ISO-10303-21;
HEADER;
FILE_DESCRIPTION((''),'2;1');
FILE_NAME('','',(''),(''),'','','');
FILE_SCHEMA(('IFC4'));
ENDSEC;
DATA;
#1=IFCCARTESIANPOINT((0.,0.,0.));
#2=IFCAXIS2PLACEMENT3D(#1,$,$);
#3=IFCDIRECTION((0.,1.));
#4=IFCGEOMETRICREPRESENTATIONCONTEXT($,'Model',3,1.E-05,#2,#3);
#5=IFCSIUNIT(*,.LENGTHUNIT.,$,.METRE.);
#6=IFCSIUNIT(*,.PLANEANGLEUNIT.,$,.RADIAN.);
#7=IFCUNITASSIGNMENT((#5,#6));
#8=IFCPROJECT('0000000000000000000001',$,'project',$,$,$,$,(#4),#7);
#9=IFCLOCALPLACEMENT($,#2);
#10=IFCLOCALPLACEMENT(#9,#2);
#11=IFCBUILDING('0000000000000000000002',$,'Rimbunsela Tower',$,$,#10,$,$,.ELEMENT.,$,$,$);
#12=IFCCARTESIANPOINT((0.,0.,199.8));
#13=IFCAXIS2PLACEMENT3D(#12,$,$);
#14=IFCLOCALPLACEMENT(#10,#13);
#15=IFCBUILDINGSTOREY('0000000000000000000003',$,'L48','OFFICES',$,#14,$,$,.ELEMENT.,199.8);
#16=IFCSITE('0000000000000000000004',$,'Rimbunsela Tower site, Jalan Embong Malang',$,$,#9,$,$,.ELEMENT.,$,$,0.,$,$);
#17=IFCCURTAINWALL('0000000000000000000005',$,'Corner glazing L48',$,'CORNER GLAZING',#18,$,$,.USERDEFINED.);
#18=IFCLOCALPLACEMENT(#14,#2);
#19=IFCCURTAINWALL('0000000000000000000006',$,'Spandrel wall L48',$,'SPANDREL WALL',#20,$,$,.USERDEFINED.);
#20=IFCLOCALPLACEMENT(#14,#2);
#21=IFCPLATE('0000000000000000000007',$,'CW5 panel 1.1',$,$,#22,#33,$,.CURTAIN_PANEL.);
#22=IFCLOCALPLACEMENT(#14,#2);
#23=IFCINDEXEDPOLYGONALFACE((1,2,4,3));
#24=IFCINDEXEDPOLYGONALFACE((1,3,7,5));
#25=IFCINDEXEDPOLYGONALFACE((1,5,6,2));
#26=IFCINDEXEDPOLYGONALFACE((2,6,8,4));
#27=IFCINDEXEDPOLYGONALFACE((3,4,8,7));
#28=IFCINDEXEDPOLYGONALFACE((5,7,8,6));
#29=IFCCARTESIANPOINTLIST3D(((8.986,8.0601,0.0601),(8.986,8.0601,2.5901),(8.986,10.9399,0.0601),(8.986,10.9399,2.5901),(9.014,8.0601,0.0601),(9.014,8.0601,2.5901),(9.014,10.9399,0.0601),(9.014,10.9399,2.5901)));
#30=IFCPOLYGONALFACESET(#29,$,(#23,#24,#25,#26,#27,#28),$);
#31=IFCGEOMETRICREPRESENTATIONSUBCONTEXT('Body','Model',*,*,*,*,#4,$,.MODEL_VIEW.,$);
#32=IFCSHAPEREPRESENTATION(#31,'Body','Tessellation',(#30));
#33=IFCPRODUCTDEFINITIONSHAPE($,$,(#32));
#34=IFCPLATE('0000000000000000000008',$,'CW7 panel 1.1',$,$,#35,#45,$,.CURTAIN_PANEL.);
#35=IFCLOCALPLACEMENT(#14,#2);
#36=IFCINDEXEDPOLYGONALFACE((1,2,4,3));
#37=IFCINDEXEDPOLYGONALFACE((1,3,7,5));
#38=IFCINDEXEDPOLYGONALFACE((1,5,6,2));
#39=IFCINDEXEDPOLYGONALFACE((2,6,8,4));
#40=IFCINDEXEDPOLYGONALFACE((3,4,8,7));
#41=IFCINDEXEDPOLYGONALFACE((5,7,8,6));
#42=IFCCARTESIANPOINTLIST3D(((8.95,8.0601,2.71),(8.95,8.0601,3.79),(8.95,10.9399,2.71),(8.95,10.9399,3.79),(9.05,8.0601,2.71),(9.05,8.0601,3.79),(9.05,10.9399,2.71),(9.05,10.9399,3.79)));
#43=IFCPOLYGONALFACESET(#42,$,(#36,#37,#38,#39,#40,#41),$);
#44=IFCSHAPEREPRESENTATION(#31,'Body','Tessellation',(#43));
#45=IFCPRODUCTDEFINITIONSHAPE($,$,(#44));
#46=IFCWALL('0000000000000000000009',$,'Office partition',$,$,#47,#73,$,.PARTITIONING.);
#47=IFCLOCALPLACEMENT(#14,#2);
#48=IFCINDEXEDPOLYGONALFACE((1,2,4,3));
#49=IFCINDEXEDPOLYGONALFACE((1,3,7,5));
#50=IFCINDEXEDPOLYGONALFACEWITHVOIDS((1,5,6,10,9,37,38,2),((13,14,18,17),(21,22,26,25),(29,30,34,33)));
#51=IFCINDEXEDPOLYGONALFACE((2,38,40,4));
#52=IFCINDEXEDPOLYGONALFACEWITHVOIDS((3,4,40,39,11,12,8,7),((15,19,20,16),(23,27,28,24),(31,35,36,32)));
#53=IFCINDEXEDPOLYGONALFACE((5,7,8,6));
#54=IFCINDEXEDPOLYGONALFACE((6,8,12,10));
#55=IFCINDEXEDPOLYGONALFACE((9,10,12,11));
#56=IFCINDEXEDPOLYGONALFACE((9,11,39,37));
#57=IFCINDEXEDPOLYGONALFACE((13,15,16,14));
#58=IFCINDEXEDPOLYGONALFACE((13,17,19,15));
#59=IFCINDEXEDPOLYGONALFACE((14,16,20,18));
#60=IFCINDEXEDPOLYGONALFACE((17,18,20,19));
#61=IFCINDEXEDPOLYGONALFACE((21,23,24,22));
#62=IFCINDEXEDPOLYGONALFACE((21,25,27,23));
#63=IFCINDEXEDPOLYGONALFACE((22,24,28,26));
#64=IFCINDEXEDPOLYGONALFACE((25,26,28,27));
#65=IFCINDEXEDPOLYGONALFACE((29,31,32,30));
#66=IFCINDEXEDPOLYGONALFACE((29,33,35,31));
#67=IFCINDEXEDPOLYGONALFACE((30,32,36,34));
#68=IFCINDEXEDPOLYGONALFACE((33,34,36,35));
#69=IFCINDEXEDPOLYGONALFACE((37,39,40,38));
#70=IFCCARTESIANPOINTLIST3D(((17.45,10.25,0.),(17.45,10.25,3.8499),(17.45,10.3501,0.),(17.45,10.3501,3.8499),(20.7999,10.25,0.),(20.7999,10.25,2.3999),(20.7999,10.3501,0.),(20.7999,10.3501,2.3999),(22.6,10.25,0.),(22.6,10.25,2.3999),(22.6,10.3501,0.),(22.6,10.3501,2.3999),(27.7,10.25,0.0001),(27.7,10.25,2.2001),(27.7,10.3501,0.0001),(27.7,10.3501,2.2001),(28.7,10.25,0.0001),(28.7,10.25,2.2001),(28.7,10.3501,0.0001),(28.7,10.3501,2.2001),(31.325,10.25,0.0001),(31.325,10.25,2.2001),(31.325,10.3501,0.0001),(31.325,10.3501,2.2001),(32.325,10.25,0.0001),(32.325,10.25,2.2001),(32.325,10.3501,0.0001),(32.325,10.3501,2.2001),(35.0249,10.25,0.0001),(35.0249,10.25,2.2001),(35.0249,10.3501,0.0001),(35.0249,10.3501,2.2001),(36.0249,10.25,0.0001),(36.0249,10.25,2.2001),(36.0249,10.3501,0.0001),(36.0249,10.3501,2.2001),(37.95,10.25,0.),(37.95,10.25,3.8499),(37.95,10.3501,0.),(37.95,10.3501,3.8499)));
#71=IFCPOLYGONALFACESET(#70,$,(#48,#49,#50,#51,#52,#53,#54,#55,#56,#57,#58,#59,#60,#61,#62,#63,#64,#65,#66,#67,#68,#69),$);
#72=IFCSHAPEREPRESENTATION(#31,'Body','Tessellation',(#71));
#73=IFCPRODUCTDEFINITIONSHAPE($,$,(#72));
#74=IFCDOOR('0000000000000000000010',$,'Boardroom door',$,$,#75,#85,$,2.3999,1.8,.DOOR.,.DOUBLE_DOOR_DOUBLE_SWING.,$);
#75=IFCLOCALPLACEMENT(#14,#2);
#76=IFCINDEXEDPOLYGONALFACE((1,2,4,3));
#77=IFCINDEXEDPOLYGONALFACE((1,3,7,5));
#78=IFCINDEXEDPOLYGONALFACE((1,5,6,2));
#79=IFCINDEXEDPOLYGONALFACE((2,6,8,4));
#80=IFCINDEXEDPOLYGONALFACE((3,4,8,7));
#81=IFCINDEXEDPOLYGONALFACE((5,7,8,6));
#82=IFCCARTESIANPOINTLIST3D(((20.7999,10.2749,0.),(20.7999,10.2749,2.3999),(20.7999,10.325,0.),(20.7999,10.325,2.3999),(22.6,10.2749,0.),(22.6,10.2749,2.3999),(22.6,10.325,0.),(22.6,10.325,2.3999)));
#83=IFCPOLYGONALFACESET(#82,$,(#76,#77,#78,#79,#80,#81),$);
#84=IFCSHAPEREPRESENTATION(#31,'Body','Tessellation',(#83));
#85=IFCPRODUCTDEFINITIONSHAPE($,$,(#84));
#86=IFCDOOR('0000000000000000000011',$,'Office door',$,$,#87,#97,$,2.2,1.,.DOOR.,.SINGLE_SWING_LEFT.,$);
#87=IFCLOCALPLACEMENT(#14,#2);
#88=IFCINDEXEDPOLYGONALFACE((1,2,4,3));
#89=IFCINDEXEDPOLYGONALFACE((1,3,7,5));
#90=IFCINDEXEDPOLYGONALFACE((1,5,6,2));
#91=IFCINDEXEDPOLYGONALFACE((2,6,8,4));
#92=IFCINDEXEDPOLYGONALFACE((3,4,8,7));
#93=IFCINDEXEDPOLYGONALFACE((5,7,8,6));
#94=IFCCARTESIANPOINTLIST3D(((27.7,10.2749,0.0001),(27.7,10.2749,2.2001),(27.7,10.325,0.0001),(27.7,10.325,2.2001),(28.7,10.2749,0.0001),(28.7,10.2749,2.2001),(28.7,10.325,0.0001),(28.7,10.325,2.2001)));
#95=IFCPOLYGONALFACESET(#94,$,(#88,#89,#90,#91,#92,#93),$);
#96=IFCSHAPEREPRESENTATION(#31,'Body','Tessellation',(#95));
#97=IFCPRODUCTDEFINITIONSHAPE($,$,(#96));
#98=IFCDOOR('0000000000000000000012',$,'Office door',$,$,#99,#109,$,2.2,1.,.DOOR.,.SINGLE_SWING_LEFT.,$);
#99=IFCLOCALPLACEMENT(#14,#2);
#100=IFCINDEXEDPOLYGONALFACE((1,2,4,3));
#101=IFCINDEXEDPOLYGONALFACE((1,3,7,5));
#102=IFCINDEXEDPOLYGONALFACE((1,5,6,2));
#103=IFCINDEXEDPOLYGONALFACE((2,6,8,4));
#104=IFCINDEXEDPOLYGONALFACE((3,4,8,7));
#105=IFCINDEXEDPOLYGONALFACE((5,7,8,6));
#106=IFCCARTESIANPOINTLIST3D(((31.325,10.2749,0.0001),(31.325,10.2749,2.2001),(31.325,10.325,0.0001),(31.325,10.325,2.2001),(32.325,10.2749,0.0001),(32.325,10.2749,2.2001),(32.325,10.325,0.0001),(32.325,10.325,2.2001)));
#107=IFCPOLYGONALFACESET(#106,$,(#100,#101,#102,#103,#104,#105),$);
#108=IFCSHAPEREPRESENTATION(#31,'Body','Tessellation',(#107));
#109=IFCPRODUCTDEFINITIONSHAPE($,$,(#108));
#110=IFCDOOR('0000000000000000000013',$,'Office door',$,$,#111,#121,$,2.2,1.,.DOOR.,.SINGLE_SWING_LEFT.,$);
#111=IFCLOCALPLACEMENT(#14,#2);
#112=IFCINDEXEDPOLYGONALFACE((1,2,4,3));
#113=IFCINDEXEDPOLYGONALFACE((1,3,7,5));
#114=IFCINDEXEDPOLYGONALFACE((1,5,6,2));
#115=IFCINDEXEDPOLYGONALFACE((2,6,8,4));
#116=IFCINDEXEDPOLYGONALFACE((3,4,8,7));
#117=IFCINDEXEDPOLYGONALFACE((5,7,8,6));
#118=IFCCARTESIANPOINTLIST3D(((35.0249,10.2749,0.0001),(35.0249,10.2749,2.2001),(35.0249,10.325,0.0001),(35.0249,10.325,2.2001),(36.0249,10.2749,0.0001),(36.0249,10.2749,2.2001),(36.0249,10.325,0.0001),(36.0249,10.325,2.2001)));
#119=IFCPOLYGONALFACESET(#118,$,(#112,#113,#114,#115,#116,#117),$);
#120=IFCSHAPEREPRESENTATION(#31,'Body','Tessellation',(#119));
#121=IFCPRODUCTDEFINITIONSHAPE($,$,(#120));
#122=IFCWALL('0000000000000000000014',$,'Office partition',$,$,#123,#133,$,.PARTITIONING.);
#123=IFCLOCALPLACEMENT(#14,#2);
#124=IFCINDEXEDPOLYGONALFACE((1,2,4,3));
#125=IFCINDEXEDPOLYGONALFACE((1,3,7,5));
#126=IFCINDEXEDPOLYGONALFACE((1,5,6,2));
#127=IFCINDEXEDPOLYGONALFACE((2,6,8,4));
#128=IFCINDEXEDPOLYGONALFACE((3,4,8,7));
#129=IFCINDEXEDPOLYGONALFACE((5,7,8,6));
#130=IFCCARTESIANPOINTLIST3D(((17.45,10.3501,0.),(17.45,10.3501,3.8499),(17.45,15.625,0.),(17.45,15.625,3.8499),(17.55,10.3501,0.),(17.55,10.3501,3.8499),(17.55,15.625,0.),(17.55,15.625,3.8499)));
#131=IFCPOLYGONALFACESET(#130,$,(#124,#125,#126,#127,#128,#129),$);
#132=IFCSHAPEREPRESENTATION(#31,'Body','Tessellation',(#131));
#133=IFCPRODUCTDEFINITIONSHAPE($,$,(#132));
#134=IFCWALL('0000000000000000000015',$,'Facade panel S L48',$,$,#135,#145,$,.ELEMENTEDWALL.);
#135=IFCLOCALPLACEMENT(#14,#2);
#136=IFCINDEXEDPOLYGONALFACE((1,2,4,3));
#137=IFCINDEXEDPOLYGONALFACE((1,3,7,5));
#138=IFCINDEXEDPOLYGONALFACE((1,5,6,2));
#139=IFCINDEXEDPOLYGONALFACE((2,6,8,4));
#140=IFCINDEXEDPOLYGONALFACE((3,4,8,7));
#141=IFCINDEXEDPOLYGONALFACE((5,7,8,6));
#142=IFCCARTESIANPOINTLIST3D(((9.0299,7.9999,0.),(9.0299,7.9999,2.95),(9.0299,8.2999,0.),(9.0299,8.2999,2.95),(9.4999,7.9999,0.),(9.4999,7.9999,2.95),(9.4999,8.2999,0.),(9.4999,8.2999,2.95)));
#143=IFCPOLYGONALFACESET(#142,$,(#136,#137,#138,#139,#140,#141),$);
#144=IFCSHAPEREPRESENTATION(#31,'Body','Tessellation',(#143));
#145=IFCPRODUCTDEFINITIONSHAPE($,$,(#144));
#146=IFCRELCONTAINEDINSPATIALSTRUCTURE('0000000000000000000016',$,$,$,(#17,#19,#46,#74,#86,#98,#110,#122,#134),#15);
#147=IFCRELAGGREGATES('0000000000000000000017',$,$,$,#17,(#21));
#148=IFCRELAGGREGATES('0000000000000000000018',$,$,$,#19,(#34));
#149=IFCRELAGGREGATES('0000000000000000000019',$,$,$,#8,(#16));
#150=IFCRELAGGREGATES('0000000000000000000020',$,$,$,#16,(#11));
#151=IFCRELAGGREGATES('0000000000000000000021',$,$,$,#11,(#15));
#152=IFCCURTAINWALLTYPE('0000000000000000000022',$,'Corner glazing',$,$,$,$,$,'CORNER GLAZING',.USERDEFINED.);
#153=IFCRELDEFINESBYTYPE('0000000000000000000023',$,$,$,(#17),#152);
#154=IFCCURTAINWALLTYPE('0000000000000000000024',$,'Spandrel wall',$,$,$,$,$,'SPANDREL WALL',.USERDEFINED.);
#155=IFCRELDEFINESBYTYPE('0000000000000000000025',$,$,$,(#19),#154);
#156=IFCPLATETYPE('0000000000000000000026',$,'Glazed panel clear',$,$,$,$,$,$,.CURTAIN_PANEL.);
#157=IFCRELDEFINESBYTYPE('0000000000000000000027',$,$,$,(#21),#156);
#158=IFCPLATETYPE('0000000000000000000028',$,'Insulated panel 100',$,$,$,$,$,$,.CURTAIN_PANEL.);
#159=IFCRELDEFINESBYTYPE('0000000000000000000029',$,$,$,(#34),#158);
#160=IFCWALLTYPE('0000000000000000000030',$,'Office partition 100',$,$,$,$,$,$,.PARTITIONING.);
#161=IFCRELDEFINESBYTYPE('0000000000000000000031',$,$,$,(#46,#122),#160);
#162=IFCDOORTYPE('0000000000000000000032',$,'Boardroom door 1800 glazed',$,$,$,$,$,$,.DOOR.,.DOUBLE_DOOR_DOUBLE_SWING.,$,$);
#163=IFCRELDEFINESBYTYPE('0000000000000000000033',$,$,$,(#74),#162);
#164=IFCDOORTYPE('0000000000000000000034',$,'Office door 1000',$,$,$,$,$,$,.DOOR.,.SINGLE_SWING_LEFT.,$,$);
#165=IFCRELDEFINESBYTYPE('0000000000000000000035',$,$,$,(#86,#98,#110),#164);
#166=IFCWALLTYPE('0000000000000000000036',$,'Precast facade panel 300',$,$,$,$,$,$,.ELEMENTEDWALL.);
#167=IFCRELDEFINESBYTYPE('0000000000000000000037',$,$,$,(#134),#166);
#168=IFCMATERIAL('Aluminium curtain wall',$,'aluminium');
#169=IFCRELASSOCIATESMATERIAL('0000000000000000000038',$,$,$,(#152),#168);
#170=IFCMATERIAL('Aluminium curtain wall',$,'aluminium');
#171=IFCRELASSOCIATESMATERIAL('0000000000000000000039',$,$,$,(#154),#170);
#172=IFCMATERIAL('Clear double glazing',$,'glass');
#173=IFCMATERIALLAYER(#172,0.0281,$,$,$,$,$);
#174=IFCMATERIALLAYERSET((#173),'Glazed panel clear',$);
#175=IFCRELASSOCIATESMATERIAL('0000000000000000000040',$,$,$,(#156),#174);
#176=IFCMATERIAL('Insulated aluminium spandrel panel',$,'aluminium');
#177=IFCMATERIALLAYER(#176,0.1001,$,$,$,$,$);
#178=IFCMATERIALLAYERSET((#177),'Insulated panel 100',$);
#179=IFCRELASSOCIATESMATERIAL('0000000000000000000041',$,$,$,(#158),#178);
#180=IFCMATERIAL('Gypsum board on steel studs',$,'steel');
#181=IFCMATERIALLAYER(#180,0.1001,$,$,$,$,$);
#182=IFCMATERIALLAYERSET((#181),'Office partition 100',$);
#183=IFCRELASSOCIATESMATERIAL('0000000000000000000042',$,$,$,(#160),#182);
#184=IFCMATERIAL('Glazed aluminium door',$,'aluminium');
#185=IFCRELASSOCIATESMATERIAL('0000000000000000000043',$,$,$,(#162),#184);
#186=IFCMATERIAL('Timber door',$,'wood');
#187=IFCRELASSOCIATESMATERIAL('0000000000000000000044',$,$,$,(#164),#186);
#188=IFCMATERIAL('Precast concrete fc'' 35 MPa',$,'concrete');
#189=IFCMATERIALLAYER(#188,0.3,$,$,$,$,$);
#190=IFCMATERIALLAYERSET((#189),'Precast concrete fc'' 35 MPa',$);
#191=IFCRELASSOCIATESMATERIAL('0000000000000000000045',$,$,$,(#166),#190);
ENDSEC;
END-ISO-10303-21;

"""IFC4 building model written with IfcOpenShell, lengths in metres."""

from ifc_helpers import new_model, si_unit, direction, frame, frame_2d, origin, origin_2d, place, context, subcontext, project, spatial, rectangle, extrude, material, layer, layer_set, type_object, element, fill, aggregate, save


model = new_model("IFC4")

# Units and contexts
model_context = context("Model", 3, precision=1e-05, world=origin(), true_north=direction((0.0, 1.0)))
body_context = subcontext(model_context, "Body", "Model", "MODEL_VIEW")
ifc_project = project(units=[si_unit("LENGTHUNIT", "METRE"), si_unit("PLANEANGLEUNIT", "RADIAN")], contexts=[model_context])

# Site, building, storey
site_placement = place(None, origin())
site = spatial("IfcSite", under=ifc_project, at=site_placement, Name="Rimbunsela Tower site, Jalan Embong Malang", CompositionType="ELEMENT", RefElevation=0.0)
building_placement = place(site_placement, origin())
building = spatial("IfcBuilding", under=site, at=building_placement, Name="Rimbunsela Tower", CompositionType="ELEMENT")
storey_placement = place(building_placement, frame((0.0, 0.0, 199.8)))
storey = spatial("IfcBuildingStorey", under=building, at=storey_placement, Name="L48", Description="OFFICES", CompositionType="ELEMENT", Elevation=199.8)

# Shared definitions
ifc_material_1 = material(Name="Aluminium curtain wall", Category="aluminium")
curtain_wall_type_1 = type_object("IfcCurtainWallType", Name="Corner glazing", ElementType="CORNER GLAZING", PredefinedType="USERDEFINED", material=ifc_material_1)

# Curtain walls
curtain_wall_1_placement = place(storey_placement, origin())
curtain_wall_1 = element("IfcCurtainWall", 1, at=curtain_wall_1_placement, inside=storey, type_object=curtain_wall_type_1, Name="Corner glazing L48", ObjectType="CORNER GLAZING", PredefinedType="USERDEFINED")
ifc_material_2 = material(Name="Aluminium curtain wall", Category="aluminium")
curtain_wall_type_2 = type_object("IfcCurtainWallType", Name="Spandrel wall", ElementType="SPANDREL WALL", PredefinedType="USERDEFINED", material=ifc_material_2)
curtain_wall_2_placement = place(storey_placement, origin())
curtain_wall_2 = element("IfcCurtainWall", 2, at=curtain_wall_2_placement, inside=storey, type_object=curtain_wall_type_2, Name="Spandrel wall L48", ObjectType="SPANDREL WALL", PredefinedType="USERDEFINED")

# Plates
ifc_material_3 = material(Name="Clear double glazing", Category="glass")
ifc_layer_1 = layer(ifc_material_3, 0.0281)
ifc_layer_set_1 = layer_set([ifc_layer_1], Name="Glazed panel clear")
plate_type_1 = type_object("IfcPlateType", Name="Glazed panel clear", PredefinedType="CURTAIN_PANEL", material=ifc_layer_set_1)
plate_1_placement = place(storey_placement, frame((9.0, 9.5, 0.0601), z_axis=(0.0, 0.0, 1.0), x_axis=(0.0, -1.0, 0.0)))
plate_1 = element("IfcPlate", 3, at=plate_1_placement, type_object=plate_type_1, Name="CW5 panel 1.1", PredefinedType="CURTAIN_PANEL", context=body_context, shape_type="SweptSolid", body=[
    extrude(rectangle(XDim=2.8799, YDim=0.0281, at=origin_2d()), origin(), (0.0, 0.0, 1.0), 2.53),
])
aggregate(curtain_wall_1, [plate_1])
ifc_material_4 = material(Name="Insulated aluminium spandrel panel", Category="aluminium")
ifc_layer_2 = layer(ifc_material_4, 0.1001)
ifc_layer_set_2 = layer_set([ifc_layer_2], Name="Insulated panel 100")
plate_type_2 = type_object("IfcPlateType", Name="Insulated panel 100", PredefinedType="CURTAIN_PANEL", material=ifc_layer_set_2)
plate_2_placement = place(storey_placement, frame((9.0, 9.5, 2.71), z_axis=(0.0, 0.0, 1.0), x_axis=(0.0, -1.0, 0.0)))
plate_2 = element("IfcPlate", 4, at=plate_2_placement, type_object=plate_type_2, Name="CW7 panel 1.1", PredefinedType="CURTAIN_PANEL", context=body_context, shape_type="SweptSolid", body=[
    extrude(rectangle(XDim=2.8799, YDim=0.1001, at=origin_2d()), origin(), (0.0, 0.0, 1.0), 1.0801),
])
aggregate(curtain_wall_2, [plate_2])

# Wall, openings, doors
ifc_material_5 = material(Name="Gypsum board on steel studs", Category="steel")
ifc_layer_3 = layer(ifc_material_5, 0.1001)
ifc_layer_set_3 = layer_set([ifc_layer_3], Name="Office partition 100")
wall_type_1 = type_object("IfcWallType", Name="Office partition 100", PredefinedType="PARTITIONING", material=ifc_layer_set_3)
wall_1_placement = place(storey_placement, frame((17.45, 10.3, 0.0), z_axis=(0.0, 0.0, 1.0), x_axis=(1.0, 0.0, 0.0)))
wall_1 = element("IfcWall", 5, at=wall_1_placement, inside=storey, type_object=wall_type_1, Name="Office partition", PredefinedType="PARTITIONING", context=body_context, shape_type="SweptSolid", body=[
    extrude(rectangle(XDim=20.5, YDim=0.1001, at=frame_2d((10.25, 0.0))), origin(), (0.0, 0.0, 1.0), 3.8499),
])
opening_1_placement = place(wall_1_placement, frame((3.3501, 0.0, 0.0)))
opening_1 = element("IfcOpeningElement", 6, at=opening_1_placement, cuts=wall_1, PredefinedType="OPENING", context=body_context, shape_type="SweptSolid", body=[
    extrude(rectangle(XDim=1.8, YDim=2.3999, at=frame_2d((0.8999, 1.2))), frame((0.0, 0.0601, 0.0), z_axis=(0.0, -1.0, 0.0), x_axis=(1.0, 0.0, 0.0)), (0.0, 0.0, 1.0), 0.1201),
])
opening_2_placement = place(wall_1_placement, frame((10.25, 0.0, 0.0)))
opening_2 = element("IfcOpeningElement", 7, at=opening_2_placement, cuts=wall_1, PredefinedType="OPENING", context=body_context, shape_type="SweptSolid", body=[
    extrude(rectangle(XDim=1.0, YDim=2.2, at=frame_2d((0.5, 1.1001))), frame((0.0, 0.0601, 0.0), z_axis=(0.0, -1.0, 0.0), x_axis=(1.0, 0.0, 0.0)), (0.0, 0.0, 1.0), 0.1201),
])
opening_3_placement = place(wall_1_placement, frame((13.875, 0.0, 0.0)))
opening_3 = element("IfcOpeningElement", 8, at=opening_3_placement, cuts=wall_1, PredefinedType="OPENING", context=body_context, shape_type="SweptSolid", body=[
    extrude(rectangle(XDim=1.0, YDim=2.2, at=frame_2d((0.5, 1.1001))), frame((0.0, 0.0601, 0.0), z_axis=(0.0, -1.0, 0.0), x_axis=(1.0, 0.0, 0.0)), (0.0, 0.0, 1.0), 0.1201),
])
opening_4_placement = place(wall_1_placement, frame((17.575, 0.0, 0.0)))
opening_4 = element("IfcOpeningElement", 9, at=opening_4_placement, cuts=wall_1, PredefinedType="OPENING", context=body_context, shape_type="SweptSolid", body=[
    extrude(rectangle(XDim=1.0, YDim=2.2, at=frame_2d((0.5, 1.1001))), frame((0.0, 0.0601, 0.0), z_axis=(0.0, -1.0, 0.0), x_axis=(1.0, 0.0, 0.0)), (0.0, 0.0, 1.0), 0.1201),
])
ifc_material_6 = material(Name="Glazed aluminium door", Category="aluminium")
door_type_1 = type_object("IfcDoorType", Name="Boardroom door 1800 glazed", OperationType="DOUBLE_DOOR_DOUBLE_SWING", PredefinedType="DOOR", material=ifc_material_6)
door_1_placement = place(opening_1_placement, origin())
door_1 = element("IfcDoor", 10, at=door_1_placement, inside=storey, type_object=door_type_1, Name="Boardroom door", OperationType="DOUBLE_DOOR_DOUBLE_SWING", OverallHeight=2.3999, OverallWidth=1.8, PredefinedType="DOOR", context=body_context, shape_type="SweptSolid", body=[
    extrude(rectangle(XDim=1.8, YDim=2.3999, at=frame_2d((0.8999, 1.2))), frame((0.0, 0.0249, 0.0), z_axis=(0.0, -1.0, 0.0), x_axis=(1.0, 0.0, 0.0)), (0.0, 0.0, 1.0), 0.05),
])
fill(opening_1, door_1)
ifc_material_7 = material(Name="Timber door", Category="wood")
door_type_2 = type_object("IfcDoorType", Name="Office door 1000", OperationType="SINGLE_SWING_LEFT", PredefinedType="DOOR", material=ifc_material_7)
door_2_placement = place(opening_2_placement, origin())
door_2 = element("IfcDoor", 11, at=door_2_placement, inside=storey, type_object=door_type_2, Name="Office door", OperationType="SINGLE_SWING_LEFT", OverallHeight=2.2, OverallWidth=1.0, PredefinedType="DOOR", context=body_context, shape_type="SweptSolid", body=[
    extrude(rectangle(XDim=1.0, YDim=2.2, at=frame_2d((0.5, 1.1001))), frame((0.0, 0.0249, 0.0), z_axis=(0.0, -1.0, 0.0), x_axis=(1.0, 0.0, 0.0)), (0.0, 0.0, 1.0), 0.05),
])
fill(opening_2, door_2)
door_3_placement = place(opening_3_placement, origin())
door_3 = element("IfcDoor", 12, at=door_3_placement, inside=storey, type_object=door_type_2, Name="Office door", OperationType="SINGLE_SWING_LEFT", OverallHeight=2.2, OverallWidth=1.0, PredefinedType="DOOR", context=body_context, shape_type="SweptSolid", body=[
    extrude(rectangle(XDim=1.0, YDim=2.2, at=frame_2d((0.5, 1.1001))), frame((0.0, 0.0249, 0.0), z_axis=(0.0, -1.0, 0.0), x_axis=(1.0, 0.0, 0.0)), (0.0, 0.0, 1.0), 0.05),
])
fill(opening_3, door_3)
door_4_placement = place(opening_4_placement, origin())
door_4 = element("IfcDoor", 13, at=door_4_placement, inside=storey, type_object=door_type_2, Name="Office door", OperationType="SINGLE_SWING_LEFT", OverallHeight=2.2, OverallWidth=1.0, PredefinedType="DOOR", context=body_context, shape_type="SweptSolid", body=[
    extrude(rectangle(XDim=1.0, YDim=2.2, at=frame_2d((0.5, 1.1001))), frame((0.0, 0.0249, 0.0), z_axis=(0.0, -1.0, 0.0), x_axis=(1.0, 0.0, 0.0)), (0.0, 0.0, 1.0), 0.05),
])
fill(opening_4, door_4)

# Walls
wall_2_placement = place(storey_placement, frame((17.5, 10.3501, 0.0), z_axis=(0.0, 0.0, 1.0), x_axis=(0.0, 1.0, 0.0)))
element("IfcWall", 14, at=wall_2_placement, inside=storey, type_object=wall_type_1, Name="Office partition", PredefinedType="PARTITIONING", context=body_context, shape_type="SweptSolid", body=[
    extrude(rectangle(XDim=5.2749, YDim=0.1001, at=frame_2d((2.6375, 0.0))), origin(), (0.0, 0.0, 1.0), 3.8499),
])
ifc_material_8 = material(Name="Precast concrete fc' 35 MPa", Category="concrete")
ifc_layer_4 = layer(ifc_material_8, 0.3)
ifc_layer_set_4 = layer_set([ifc_layer_4], Name="Precast concrete fc' 35 MPa")
wall_type_2 = type_object("IfcWallType", Name="Precast facade panel 300", PredefinedType="ELEMENTEDWALL", material=ifc_layer_set_4)
wall_3_placement = place(storey_placement, frame((9.03, 8.1499, 0.0), z_axis=(0.0, 0.0, 1.0), x_axis=(1.0, 0.0, 0.0)))
element("IfcWall", 15, at=wall_3_placement, inside=storey, type_object=wall_type_2, Name="Facade panel S L48", PredefinedType="ELEMENTEDWALL", context=body_context, shape_type="SweptSolid", body=[
    extrude(rectangle(XDim=0.47, YDim=0.3, at=frame_2d((0.2349, 0.0))), origin(), (0.0, 0.0, 1.0), 2.95),
])

save(model, "model.ifc")
